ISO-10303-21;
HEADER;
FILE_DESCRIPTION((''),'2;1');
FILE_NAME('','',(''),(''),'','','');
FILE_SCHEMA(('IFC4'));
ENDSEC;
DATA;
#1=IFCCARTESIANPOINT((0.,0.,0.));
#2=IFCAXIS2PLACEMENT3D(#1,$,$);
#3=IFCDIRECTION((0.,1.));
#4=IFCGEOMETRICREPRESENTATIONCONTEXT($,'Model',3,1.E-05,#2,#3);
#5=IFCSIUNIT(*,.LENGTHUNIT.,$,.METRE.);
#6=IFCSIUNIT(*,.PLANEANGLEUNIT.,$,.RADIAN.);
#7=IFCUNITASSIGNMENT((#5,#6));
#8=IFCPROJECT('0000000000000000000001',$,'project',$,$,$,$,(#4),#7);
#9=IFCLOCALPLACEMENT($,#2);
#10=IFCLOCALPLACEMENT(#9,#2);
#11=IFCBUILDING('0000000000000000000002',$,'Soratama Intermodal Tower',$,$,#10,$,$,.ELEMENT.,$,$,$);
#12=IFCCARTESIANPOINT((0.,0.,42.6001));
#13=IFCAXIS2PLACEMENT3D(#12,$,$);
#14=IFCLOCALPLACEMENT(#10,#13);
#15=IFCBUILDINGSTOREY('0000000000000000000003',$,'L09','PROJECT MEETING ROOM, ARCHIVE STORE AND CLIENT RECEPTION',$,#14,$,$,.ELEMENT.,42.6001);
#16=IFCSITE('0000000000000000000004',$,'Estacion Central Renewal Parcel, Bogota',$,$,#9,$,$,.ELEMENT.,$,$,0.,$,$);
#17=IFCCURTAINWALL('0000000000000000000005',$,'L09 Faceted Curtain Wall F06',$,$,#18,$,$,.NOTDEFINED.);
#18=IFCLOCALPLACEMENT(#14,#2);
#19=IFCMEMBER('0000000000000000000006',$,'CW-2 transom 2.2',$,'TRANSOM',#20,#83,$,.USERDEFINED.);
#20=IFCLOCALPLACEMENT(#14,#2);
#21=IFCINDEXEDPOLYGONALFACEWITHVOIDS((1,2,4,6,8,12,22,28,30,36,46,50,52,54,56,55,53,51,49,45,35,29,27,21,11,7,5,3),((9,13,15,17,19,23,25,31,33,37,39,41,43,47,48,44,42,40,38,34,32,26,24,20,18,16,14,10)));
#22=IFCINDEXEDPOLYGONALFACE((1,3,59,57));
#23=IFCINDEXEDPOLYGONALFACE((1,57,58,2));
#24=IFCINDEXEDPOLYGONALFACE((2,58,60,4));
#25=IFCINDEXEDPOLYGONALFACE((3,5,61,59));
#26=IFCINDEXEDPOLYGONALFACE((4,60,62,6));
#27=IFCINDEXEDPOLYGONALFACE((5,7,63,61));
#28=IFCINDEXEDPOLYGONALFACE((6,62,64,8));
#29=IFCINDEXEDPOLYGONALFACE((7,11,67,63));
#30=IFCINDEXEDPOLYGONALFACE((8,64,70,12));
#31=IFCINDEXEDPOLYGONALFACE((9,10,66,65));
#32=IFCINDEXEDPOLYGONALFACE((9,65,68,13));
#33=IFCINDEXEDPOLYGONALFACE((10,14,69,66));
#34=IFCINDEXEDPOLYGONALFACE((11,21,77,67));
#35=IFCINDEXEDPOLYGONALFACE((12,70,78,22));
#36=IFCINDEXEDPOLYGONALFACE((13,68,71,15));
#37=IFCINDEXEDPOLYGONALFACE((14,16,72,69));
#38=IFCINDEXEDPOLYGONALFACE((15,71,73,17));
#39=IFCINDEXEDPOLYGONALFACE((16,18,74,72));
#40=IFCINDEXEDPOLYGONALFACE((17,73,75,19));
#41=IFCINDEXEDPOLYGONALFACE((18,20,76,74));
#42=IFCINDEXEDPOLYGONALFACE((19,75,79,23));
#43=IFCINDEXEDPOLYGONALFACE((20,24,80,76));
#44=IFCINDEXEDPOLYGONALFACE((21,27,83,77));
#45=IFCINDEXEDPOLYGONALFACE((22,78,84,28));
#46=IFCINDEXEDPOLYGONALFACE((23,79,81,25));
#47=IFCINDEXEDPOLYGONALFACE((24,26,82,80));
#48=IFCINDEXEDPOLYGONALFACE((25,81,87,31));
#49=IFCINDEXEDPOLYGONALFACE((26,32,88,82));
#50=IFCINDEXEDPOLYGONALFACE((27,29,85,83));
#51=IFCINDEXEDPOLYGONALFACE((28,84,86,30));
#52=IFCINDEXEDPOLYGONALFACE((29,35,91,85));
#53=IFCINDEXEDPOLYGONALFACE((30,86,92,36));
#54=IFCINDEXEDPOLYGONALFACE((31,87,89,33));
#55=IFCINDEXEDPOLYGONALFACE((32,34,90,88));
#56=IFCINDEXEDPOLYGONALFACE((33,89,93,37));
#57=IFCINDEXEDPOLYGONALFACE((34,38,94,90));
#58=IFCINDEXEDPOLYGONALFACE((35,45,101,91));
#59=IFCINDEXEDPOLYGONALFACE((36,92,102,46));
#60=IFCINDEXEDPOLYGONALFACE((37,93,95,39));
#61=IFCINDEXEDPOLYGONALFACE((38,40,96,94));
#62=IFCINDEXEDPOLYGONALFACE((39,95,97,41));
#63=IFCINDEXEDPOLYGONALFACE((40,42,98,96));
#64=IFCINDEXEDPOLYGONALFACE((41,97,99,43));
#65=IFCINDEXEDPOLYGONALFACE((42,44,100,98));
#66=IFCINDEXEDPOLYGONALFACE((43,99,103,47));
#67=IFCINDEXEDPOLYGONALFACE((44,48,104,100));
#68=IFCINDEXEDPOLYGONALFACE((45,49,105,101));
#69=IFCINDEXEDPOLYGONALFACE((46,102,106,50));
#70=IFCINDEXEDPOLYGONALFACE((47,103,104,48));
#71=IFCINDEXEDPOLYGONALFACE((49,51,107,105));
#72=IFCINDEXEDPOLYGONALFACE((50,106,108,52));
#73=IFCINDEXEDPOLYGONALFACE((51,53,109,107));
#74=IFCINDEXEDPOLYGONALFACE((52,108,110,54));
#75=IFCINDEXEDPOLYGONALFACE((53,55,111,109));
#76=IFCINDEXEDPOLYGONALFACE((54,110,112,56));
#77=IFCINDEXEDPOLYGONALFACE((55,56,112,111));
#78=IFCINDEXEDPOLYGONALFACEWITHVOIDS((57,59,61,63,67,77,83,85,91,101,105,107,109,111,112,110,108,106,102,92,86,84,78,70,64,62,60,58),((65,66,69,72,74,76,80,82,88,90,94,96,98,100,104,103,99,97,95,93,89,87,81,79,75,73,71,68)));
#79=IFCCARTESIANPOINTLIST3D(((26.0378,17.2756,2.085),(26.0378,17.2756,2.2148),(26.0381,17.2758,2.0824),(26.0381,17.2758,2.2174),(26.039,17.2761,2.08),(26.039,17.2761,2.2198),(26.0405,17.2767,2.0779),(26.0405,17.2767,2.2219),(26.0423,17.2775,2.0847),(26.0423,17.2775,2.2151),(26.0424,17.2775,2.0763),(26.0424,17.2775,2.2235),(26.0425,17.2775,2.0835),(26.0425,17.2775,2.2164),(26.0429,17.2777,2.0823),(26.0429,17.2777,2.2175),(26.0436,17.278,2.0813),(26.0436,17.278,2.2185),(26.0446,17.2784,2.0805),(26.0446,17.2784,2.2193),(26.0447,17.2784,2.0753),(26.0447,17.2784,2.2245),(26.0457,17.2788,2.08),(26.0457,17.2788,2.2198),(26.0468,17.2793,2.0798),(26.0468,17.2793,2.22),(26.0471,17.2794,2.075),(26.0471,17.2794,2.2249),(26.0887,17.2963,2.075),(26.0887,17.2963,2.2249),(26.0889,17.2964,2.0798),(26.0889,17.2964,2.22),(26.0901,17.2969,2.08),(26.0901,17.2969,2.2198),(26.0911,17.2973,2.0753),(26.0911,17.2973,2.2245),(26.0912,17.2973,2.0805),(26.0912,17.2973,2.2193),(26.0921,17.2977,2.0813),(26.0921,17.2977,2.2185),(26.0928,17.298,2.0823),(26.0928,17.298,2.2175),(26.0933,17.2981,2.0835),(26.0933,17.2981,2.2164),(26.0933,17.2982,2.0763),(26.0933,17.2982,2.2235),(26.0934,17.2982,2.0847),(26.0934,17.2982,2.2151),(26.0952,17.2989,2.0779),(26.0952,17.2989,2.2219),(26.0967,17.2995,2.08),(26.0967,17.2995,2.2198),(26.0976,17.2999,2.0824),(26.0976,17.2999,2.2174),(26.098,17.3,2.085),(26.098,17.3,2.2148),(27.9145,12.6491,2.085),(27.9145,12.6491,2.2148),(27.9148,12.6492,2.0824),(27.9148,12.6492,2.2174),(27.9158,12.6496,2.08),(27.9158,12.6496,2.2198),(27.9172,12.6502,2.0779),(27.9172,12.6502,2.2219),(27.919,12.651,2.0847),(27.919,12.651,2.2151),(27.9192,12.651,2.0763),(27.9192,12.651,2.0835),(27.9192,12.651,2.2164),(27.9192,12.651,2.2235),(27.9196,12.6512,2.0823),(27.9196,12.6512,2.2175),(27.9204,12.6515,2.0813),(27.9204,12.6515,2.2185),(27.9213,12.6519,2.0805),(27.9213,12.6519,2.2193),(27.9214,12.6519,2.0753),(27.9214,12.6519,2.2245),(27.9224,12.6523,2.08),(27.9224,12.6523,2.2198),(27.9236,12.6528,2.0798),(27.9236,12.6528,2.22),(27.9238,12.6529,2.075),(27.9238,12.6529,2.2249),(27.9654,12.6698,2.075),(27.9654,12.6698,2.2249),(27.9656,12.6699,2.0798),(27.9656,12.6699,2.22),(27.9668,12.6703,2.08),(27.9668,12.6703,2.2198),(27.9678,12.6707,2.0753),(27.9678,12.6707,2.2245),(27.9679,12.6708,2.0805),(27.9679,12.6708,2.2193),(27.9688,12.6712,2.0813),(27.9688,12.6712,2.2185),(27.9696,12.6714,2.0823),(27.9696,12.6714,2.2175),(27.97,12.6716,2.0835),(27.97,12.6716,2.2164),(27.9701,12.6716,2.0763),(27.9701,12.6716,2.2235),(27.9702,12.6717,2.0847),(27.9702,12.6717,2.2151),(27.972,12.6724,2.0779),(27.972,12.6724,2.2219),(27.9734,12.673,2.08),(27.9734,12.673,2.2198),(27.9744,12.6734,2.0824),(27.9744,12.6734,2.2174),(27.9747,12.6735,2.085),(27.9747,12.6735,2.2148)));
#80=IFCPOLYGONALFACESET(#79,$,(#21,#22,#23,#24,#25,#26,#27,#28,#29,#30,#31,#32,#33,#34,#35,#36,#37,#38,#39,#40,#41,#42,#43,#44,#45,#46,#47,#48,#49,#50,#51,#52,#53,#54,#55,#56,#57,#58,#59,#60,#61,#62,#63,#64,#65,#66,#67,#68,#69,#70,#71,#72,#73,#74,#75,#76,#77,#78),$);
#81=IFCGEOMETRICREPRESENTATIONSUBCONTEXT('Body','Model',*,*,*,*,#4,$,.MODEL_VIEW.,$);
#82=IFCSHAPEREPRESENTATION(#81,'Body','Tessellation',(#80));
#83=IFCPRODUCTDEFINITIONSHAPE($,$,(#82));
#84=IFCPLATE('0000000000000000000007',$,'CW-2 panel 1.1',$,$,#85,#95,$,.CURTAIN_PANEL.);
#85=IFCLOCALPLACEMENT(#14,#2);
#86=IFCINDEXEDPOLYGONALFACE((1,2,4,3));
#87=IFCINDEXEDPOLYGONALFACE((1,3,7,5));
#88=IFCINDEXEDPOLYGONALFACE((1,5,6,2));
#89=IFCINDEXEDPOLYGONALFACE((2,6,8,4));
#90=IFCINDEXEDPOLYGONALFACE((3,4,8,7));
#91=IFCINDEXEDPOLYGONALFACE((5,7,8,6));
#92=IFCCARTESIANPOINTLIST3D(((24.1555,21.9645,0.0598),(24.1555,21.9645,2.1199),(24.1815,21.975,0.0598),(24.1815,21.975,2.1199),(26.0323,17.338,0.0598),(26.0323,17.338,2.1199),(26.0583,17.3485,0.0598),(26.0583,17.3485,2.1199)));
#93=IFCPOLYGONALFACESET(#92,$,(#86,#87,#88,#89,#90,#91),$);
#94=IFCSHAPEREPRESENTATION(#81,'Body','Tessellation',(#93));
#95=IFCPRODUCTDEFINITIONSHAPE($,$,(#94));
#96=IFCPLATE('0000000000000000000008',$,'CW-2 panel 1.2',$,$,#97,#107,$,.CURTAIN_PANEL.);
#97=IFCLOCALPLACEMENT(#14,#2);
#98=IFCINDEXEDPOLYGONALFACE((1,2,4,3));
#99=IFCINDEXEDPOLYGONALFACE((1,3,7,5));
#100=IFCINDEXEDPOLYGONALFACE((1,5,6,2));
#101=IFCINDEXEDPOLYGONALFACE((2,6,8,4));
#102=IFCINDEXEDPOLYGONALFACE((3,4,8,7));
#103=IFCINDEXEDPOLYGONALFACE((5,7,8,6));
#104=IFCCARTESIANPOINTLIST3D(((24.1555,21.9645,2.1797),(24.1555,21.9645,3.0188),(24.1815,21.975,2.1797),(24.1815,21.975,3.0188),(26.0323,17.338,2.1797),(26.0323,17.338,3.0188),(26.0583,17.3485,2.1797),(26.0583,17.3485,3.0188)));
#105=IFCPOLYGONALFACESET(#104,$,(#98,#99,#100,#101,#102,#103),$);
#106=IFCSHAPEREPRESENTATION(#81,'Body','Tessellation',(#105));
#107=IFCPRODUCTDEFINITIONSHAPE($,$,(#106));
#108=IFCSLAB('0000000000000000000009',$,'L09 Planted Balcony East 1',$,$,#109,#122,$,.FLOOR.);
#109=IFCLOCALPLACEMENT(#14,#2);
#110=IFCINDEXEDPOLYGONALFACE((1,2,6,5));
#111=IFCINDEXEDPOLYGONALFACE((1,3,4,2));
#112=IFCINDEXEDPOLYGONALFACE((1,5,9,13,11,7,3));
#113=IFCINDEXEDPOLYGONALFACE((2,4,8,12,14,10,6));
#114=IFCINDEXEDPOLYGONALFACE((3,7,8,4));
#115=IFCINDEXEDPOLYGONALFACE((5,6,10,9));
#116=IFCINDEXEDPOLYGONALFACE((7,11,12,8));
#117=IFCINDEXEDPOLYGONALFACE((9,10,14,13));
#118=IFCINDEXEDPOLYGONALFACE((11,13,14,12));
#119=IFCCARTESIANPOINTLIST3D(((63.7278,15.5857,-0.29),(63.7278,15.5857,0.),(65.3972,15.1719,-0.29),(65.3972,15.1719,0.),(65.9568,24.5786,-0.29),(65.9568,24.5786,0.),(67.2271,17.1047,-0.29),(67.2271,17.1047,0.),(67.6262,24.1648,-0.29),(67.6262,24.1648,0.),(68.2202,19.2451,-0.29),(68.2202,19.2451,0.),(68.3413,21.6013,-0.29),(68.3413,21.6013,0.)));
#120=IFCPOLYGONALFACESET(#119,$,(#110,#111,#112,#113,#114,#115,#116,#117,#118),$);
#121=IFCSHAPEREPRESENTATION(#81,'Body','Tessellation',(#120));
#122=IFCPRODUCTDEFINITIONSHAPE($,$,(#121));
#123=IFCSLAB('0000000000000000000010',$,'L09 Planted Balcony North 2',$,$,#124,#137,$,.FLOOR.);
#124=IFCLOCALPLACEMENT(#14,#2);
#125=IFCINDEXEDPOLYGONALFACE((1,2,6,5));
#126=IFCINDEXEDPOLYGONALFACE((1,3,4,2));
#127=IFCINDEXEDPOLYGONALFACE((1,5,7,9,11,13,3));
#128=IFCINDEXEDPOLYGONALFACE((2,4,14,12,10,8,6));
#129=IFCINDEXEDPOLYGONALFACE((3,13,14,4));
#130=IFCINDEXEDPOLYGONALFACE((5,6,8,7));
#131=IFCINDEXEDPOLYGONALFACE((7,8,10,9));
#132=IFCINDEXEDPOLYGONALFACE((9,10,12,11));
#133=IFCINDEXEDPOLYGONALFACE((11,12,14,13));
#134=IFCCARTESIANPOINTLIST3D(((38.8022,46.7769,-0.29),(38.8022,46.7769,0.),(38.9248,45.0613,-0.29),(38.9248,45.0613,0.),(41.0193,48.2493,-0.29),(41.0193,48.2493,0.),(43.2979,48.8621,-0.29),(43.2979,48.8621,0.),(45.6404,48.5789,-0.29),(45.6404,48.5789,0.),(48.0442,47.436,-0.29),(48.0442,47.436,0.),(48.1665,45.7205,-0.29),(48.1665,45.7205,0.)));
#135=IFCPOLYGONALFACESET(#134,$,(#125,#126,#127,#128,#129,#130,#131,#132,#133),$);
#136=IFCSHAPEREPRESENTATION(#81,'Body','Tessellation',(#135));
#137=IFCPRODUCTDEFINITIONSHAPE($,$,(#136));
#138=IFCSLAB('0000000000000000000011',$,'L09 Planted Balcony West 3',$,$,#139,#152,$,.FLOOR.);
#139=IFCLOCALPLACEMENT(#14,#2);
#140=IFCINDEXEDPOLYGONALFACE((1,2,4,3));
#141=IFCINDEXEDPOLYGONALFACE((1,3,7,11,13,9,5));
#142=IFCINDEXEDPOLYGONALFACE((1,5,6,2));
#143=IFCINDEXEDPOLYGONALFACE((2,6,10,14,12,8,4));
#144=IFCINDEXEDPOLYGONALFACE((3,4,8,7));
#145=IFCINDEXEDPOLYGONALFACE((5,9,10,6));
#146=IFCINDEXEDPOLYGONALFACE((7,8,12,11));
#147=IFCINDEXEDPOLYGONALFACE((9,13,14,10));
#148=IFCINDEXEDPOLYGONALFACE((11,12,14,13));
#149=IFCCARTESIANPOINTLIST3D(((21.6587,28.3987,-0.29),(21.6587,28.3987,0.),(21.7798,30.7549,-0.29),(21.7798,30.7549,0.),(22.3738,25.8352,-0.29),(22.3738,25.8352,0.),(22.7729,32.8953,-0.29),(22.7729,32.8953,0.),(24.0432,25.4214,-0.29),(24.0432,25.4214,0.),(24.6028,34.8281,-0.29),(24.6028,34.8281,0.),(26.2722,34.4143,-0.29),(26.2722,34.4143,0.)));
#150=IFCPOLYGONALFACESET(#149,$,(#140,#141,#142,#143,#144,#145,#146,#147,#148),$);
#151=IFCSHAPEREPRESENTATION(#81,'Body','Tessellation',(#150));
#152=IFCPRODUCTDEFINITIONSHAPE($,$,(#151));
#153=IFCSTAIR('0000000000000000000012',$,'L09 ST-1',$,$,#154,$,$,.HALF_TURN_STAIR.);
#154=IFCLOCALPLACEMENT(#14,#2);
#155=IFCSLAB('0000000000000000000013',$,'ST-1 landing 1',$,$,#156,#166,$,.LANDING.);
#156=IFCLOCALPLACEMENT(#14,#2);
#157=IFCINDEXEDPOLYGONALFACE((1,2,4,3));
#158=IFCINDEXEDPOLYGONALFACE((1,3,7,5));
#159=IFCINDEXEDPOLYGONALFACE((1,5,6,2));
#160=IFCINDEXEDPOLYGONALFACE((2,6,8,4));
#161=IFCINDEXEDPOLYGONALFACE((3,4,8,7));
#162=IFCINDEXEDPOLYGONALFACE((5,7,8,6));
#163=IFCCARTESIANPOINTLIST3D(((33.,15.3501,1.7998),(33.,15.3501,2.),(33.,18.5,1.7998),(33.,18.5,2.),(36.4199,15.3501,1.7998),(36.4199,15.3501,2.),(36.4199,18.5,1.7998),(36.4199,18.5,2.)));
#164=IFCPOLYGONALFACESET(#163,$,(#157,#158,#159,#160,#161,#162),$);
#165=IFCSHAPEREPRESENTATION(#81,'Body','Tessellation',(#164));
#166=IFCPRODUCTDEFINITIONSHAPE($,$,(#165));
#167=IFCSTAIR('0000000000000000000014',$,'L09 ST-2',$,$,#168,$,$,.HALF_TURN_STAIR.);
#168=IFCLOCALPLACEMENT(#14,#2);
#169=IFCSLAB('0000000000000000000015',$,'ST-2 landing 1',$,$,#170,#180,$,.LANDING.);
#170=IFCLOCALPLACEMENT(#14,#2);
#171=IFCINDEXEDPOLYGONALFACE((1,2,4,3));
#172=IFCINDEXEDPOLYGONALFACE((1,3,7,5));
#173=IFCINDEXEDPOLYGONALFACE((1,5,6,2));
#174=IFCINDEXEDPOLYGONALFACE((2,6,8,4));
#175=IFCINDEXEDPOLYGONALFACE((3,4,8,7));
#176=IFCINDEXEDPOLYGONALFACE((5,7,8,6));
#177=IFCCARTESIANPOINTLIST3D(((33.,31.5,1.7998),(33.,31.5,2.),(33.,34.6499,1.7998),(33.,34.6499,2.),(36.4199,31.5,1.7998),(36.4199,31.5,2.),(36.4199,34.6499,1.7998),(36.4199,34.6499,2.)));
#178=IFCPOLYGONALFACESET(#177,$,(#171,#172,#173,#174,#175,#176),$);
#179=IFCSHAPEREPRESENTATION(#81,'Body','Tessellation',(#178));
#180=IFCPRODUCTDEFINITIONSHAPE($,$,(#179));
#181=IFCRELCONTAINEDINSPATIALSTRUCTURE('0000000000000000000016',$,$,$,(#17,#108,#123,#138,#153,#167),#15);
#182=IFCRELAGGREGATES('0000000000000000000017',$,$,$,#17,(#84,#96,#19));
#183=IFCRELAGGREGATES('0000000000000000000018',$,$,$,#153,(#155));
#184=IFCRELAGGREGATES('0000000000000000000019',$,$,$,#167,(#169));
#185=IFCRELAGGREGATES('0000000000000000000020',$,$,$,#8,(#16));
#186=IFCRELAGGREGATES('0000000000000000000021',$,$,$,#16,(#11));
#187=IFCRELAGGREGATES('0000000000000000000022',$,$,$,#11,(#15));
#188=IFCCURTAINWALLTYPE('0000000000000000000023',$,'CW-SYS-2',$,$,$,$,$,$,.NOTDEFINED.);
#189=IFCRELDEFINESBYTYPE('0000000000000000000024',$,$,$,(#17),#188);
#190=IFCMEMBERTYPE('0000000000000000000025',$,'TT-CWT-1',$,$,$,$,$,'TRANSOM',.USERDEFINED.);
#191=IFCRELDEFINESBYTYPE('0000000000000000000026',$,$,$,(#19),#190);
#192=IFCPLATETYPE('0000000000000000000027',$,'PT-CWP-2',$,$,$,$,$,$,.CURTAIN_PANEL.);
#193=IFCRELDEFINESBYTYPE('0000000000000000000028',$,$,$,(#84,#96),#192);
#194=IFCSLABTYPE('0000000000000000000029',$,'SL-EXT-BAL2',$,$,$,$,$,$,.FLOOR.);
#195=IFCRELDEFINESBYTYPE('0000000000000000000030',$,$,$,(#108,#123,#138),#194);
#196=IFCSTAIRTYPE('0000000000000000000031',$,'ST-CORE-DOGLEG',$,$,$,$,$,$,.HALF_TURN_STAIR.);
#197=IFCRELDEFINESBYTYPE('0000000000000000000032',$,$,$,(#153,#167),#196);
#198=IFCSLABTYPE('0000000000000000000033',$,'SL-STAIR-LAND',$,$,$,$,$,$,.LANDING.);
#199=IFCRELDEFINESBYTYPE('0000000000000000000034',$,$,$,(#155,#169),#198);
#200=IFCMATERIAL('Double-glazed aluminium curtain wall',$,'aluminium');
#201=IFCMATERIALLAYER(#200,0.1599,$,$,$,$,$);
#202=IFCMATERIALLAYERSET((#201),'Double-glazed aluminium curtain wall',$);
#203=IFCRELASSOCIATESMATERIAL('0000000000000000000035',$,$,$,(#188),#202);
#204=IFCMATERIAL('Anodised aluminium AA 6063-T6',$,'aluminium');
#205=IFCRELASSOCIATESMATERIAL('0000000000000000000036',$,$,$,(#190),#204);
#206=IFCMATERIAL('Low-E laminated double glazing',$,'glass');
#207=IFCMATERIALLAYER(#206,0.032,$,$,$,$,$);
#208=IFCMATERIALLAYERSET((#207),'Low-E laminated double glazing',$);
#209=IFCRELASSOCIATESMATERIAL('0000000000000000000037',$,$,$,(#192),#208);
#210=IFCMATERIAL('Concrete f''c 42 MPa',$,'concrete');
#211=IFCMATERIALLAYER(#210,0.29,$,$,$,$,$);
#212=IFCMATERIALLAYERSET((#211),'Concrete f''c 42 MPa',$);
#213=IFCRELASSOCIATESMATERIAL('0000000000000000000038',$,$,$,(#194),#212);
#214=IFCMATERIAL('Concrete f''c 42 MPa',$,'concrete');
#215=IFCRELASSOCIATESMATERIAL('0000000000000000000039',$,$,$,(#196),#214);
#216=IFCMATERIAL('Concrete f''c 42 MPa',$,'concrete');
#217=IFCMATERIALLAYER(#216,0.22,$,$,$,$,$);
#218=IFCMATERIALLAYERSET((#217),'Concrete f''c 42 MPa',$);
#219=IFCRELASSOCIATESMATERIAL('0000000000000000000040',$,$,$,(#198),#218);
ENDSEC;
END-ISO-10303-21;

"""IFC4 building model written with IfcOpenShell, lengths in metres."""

from ifc_helpers import new_model, si_unit, direction, frame, origin, origin_2d, place, context, subcontext, project, spatial, polyline, rectangle, hollow_rectangle, outline, extrude, material, layer, layer_set, material_profile, profile_set, type_object, element, aggregate, save


model = new_model("IFC4")

# Units and contexts
model_context = context("Model", 3, precision=1e-05, world=origin(), true_north=direction((0.0, 1.0)))
body_context = subcontext(model_context, "Body", "Model", "MODEL_VIEW")
ifc_project = project(units=[si_unit("LENGTHUNIT", "METRE"), si_unit("PLANEANGLEUNIT", "RADIAN")], contexts=[model_context])

# Site, building, storey
site_placement = place(None, origin())
site = spatial("IfcSite", under=ifc_project, at=site_placement, Name="Estacion Central Renewal Parcel, Bogota", CompositionType="ELEMENT", RefElevation=0.0)
building_placement = place(site_placement, origin())
building = spatial("IfcBuilding", under=site, at=building_placement, Name="Soratama Intermodal Tower", CompositionType="ELEMENT")
storey_placement = place(building_placement, frame((0.0, 0.0, 42.6001)))
storey = spatial("IfcBuildingStorey", under=building, at=storey_placement, Name="L09", Description="PROJECT MEETING ROOM, ARCHIVE STORE AND CLIENT RECEPTION", CompositionType="ELEMENT", Elevation=42.6001)

# Curtain wall, member, plates
ifc_material_1 = material(Name="Double-glazed aluminium curtain wall", Category="aluminium")
ifc_layer_1 = layer(ifc_material_1, 0.1599)
ifc_layer_set_1 = layer_set([ifc_layer_1], Name="Double-glazed aluminium curtain wall")
curtain_wall_type = type_object("IfcCurtainWallType", Name="CW-SYS-2", PredefinedType="NOTDEFINED", material=ifc_layer_set_1)
curtain_wall_placement = place(storey_placement, origin())
curtain_wall = element("IfcCurtainWall", 1, at=curtain_wall_placement, inside=storey, type_object=curtain_wall_type, Name="L09 Faceted Curtain Wall F06", PredefinedType="NOTDEFINED")
ifc_material_2 = material(Name="Anodised aluminium AA 6063-T6", Category="aluminium")
ifc_material_profile_1 = material_profile(ifc_material_2, hollow_rectangle(XDim=0.0649, YDim=0.1499, WallThickness=0.0049, InnerFilletRadius=0.0049, OuterFilletRadius=0.01, at=origin_2d()), Name="CWT150X65X5")
ifc_profile_set_1 = profile_set([ifc_material_profile_1], Name="Anodised aluminium AA 6063-T6")
member_type_1 = type_object("IfcMemberType", Name="TT-CWT-1", ElementType="TRANSOM", PredefinedType="USERDEFINED", material=ifc_profile_set_1)
member_1_placement = place(storey_placement, frame((26.0679, 17.2878, 2.1499), z_axis=(0.375897, -0.926661, 0.0), x_axis=(0.926661, 0.375897, 0.0)))
member_1 = element("IfcMember", 2, at=member_1_placement, type_object=member_type_1, Name="CW-2 transom 2.2", ObjectType="TRANSOM", PredefinedType="USERDEFINED", context=body_context, shape_type="SweptSolid", body=[
    extrude(hollow_rectangle(XDim=0.0649, YDim=0.1499, WallThickness=0.0049, InnerFilletRadius=0.0049, OuterFilletRadius=0.01, at=origin_2d()), origin(), (0.0, 0.0, 1.0), 4.9927),
])
ifc_material_3 = material(Name="Low-E laminated double glazing", Category="glass")
ifc_layer_2 = layer(ifc_material_3, 0.032)
ifc_layer_set_2 = layer_set([ifc_layer_2], Name="Low-E laminated double glazing")
plate_type = type_object("IfcPlateType", Name="PT-CWP-2", PredefinedType="CURTAIN_PANEL", material=ifc_layer_set_2)
plate_1_placement = place(storey_placement, frame((25.1069, 19.6565, 0.0598), z_axis=(0.0, 0.0, 1.0), x_axis=(0.375908, -0.926657, 0.0)))
plate_1 = element("IfcPlate", 3, at=plate_1_placement, type_object=plate_type, Name="CW-2 panel 1.1", PredefinedType="CURTAIN_PANEL", context=body_context, shape_type="SweptSolid", body=[
    extrude(rectangle(XDim=4.9927, YDim=0.0281, at=origin_2d()), origin(), (0.0, 0.0, 1.0), 2.0601),
])
plate_2_placement = place(storey_placement, frame((25.1069, 19.6565, 2.1797), z_axis=(0.0, 0.0, 1.0), x_axis=(0.375908, -0.926657, 0.0)))
plate_2 = element("IfcPlate", 4, at=plate_2_placement, type_object=plate_type, Name="CW-2 panel 1.2", PredefinedType="CURTAIN_PANEL", context=body_context, shape_type="SweptSolid", body=[
    extrude(rectangle(XDim=4.9927, YDim=0.0281, at=origin_2d()), origin(), (0.0, 0.0, 1.0), 0.8391),
])
aggregate(curtain_wall, [plate_1, plate_2, member_1])

# Slabs
ifc_material_4 = material(Name="Concrete f'c 42 MPa", Category="concrete")
ifc_layer_3 = layer(ifc_material_4, 0.29)
ifc_layer_set_3 = layer_set([ifc_layer_3], Name="Concrete f'c 42 MPa")
slab_type_1 = type_object("IfcSlabType", Name="SL-EXT-BAL2", PredefinedType="FLOOR", material=ifc_layer_set_3)
slab_1_placement = place(storey_placement, frame((0.0, 0.0, -0.29)))
element("IfcSlab", 5, at=slab_1_placement, inside=storey, type_object=slab_type_1, Name="L09 Planted Balcony East 1", PredefinedType="FLOOR", context=body_context, shape_type="SweptSolid", body=[
    extrude(outline(polyline([(63.7278, 15.5857), (65.9568, 24.5786), (67.6262, 24.1648), (68.3413, 21.6013), (68.2202, 19.2451), (67.2271, 17.1047), (65.3972, 15.1719), (63.7278, 15.5857)])), origin(), (0.0, 0.0, 1.0), 0.29),
])
slab_2_placement = place(storey_placement, frame((0.0, 0.0, -0.29)))
element("IfcSlab", 6, at=slab_2_placement, inside=storey, type_object=slab_type_1, Name="L09 Planted Balcony North 2", PredefinedType="FLOOR", context=body_context, shape_type="SweptSolid", body=[
    extrude(outline(polyline([(48.1665, 45.7205), (38.9248, 45.0613), (38.8022, 46.7769), (41.0193, 48.2493), (43.2979, 48.8621), (45.6404, 48.5789), (48.0442, 47.436), (48.1665, 45.7205)])), origin(), (0.0, 0.0, 1.0), 0.29),
])
slab_3_placement = place(storey_placement, frame((0.0, 0.0, -0.29)))
element("IfcSlab", 7, at=slab_3_placement, inside=storey, type_object=slab_type_1, Name="L09 Planted Balcony West 3", PredefinedType="FLOOR", context=body_context, shape_type="SweptSolid", body=[
    extrude(outline(polyline([(26.2722, 34.4143), (24.0432, 25.4214), (22.3738, 25.8352), (21.6587, 28.3987), (21.7798, 30.7549), (22.7729, 32.8953), (24.6028, 34.8281), (26.2722, 34.4143)])), origin(), (0.0, 0.0, 1.0), 0.29),
])

# Stairs, slabs
ifc_material_5 = material(Name="Concrete f'c 42 MPa", Category="concrete")
stair_type = type_object("IfcStairType", Name="ST-CORE-DOGLEG", PredefinedType="HALF_TURN_STAIR", material=ifc_material_5)
stair_1_placement = place(storey_placement, origin())
stair_1 = element("IfcStair", 8, at=stair_1_placement, inside=storey, type_object=stair_type, Name="L09 ST-1", PredefinedType="HALF_TURN_STAIR")
ifc_material_6 = material(Name="Concrete f'c 42 MPa", Category="concrete")
ifc_layer_4 = layer(ifc_material_6, 0.22)
ifc_layer_set_4 = layer_set([ifc_layer_4], Name="Concrete f'c 42 MPa")
slab_type_2 = type_object("IfcSlabType", Name="SL-STAIR-LAND", PredefinedType="LANDING", material=ifc_layer_set_4)
slab_4_placement = place(storey_placement, frame((0.0, 0.0, 1.7998)))
slab_4 = element("IfcSlab", 9, at=slab_4_placement, type_object=slab_type_2, Name="ST-1 landing 1", PredefinedType="LANDING", context=body_context, shape_type="SweptSolid", body=[
    extrude(outline(polyline([(36.4199, 18.5), (33.0, 18.5), (33.0, 15.3501), (36.4199, 15.3501), (36.4199, 18.5)])), origin(), (0.0, 0.0, 1.0), 0.2002),
])
aggregate(stair_1, [slab_4])
stair_2_placement = place(storey_placement, origin())
stair_2 = element("IfcStair", 10, at=stair_2_placement, inside=storey, type_object=stair_type, Name="L09 ST-2", PredefinedType="HALF_TURN_STAIR")
slab_5_placement = place(storey_placement, frame((0.0, 0.0, 1.7998)))
slab_5 = element("IfcSlab", 11, at=slab_5_placement, type_object=slab_type_2, Name="ST-2 landing 1", PredefinedType="LANDING", context=body_context, shape_type="SweptSolid", body=[
    extrude(outline(polyline([(36.4199, 34.6499), (33.0, 34.6499), (33.0, 31.5), (36.4199, 31.5), (36.4199, 34.6499)])), origin(), (0.0, 0.0, 1.0), 0.2002),
])
aggregate(stair_2, [slab_5])

save(model, "model.ifc")
